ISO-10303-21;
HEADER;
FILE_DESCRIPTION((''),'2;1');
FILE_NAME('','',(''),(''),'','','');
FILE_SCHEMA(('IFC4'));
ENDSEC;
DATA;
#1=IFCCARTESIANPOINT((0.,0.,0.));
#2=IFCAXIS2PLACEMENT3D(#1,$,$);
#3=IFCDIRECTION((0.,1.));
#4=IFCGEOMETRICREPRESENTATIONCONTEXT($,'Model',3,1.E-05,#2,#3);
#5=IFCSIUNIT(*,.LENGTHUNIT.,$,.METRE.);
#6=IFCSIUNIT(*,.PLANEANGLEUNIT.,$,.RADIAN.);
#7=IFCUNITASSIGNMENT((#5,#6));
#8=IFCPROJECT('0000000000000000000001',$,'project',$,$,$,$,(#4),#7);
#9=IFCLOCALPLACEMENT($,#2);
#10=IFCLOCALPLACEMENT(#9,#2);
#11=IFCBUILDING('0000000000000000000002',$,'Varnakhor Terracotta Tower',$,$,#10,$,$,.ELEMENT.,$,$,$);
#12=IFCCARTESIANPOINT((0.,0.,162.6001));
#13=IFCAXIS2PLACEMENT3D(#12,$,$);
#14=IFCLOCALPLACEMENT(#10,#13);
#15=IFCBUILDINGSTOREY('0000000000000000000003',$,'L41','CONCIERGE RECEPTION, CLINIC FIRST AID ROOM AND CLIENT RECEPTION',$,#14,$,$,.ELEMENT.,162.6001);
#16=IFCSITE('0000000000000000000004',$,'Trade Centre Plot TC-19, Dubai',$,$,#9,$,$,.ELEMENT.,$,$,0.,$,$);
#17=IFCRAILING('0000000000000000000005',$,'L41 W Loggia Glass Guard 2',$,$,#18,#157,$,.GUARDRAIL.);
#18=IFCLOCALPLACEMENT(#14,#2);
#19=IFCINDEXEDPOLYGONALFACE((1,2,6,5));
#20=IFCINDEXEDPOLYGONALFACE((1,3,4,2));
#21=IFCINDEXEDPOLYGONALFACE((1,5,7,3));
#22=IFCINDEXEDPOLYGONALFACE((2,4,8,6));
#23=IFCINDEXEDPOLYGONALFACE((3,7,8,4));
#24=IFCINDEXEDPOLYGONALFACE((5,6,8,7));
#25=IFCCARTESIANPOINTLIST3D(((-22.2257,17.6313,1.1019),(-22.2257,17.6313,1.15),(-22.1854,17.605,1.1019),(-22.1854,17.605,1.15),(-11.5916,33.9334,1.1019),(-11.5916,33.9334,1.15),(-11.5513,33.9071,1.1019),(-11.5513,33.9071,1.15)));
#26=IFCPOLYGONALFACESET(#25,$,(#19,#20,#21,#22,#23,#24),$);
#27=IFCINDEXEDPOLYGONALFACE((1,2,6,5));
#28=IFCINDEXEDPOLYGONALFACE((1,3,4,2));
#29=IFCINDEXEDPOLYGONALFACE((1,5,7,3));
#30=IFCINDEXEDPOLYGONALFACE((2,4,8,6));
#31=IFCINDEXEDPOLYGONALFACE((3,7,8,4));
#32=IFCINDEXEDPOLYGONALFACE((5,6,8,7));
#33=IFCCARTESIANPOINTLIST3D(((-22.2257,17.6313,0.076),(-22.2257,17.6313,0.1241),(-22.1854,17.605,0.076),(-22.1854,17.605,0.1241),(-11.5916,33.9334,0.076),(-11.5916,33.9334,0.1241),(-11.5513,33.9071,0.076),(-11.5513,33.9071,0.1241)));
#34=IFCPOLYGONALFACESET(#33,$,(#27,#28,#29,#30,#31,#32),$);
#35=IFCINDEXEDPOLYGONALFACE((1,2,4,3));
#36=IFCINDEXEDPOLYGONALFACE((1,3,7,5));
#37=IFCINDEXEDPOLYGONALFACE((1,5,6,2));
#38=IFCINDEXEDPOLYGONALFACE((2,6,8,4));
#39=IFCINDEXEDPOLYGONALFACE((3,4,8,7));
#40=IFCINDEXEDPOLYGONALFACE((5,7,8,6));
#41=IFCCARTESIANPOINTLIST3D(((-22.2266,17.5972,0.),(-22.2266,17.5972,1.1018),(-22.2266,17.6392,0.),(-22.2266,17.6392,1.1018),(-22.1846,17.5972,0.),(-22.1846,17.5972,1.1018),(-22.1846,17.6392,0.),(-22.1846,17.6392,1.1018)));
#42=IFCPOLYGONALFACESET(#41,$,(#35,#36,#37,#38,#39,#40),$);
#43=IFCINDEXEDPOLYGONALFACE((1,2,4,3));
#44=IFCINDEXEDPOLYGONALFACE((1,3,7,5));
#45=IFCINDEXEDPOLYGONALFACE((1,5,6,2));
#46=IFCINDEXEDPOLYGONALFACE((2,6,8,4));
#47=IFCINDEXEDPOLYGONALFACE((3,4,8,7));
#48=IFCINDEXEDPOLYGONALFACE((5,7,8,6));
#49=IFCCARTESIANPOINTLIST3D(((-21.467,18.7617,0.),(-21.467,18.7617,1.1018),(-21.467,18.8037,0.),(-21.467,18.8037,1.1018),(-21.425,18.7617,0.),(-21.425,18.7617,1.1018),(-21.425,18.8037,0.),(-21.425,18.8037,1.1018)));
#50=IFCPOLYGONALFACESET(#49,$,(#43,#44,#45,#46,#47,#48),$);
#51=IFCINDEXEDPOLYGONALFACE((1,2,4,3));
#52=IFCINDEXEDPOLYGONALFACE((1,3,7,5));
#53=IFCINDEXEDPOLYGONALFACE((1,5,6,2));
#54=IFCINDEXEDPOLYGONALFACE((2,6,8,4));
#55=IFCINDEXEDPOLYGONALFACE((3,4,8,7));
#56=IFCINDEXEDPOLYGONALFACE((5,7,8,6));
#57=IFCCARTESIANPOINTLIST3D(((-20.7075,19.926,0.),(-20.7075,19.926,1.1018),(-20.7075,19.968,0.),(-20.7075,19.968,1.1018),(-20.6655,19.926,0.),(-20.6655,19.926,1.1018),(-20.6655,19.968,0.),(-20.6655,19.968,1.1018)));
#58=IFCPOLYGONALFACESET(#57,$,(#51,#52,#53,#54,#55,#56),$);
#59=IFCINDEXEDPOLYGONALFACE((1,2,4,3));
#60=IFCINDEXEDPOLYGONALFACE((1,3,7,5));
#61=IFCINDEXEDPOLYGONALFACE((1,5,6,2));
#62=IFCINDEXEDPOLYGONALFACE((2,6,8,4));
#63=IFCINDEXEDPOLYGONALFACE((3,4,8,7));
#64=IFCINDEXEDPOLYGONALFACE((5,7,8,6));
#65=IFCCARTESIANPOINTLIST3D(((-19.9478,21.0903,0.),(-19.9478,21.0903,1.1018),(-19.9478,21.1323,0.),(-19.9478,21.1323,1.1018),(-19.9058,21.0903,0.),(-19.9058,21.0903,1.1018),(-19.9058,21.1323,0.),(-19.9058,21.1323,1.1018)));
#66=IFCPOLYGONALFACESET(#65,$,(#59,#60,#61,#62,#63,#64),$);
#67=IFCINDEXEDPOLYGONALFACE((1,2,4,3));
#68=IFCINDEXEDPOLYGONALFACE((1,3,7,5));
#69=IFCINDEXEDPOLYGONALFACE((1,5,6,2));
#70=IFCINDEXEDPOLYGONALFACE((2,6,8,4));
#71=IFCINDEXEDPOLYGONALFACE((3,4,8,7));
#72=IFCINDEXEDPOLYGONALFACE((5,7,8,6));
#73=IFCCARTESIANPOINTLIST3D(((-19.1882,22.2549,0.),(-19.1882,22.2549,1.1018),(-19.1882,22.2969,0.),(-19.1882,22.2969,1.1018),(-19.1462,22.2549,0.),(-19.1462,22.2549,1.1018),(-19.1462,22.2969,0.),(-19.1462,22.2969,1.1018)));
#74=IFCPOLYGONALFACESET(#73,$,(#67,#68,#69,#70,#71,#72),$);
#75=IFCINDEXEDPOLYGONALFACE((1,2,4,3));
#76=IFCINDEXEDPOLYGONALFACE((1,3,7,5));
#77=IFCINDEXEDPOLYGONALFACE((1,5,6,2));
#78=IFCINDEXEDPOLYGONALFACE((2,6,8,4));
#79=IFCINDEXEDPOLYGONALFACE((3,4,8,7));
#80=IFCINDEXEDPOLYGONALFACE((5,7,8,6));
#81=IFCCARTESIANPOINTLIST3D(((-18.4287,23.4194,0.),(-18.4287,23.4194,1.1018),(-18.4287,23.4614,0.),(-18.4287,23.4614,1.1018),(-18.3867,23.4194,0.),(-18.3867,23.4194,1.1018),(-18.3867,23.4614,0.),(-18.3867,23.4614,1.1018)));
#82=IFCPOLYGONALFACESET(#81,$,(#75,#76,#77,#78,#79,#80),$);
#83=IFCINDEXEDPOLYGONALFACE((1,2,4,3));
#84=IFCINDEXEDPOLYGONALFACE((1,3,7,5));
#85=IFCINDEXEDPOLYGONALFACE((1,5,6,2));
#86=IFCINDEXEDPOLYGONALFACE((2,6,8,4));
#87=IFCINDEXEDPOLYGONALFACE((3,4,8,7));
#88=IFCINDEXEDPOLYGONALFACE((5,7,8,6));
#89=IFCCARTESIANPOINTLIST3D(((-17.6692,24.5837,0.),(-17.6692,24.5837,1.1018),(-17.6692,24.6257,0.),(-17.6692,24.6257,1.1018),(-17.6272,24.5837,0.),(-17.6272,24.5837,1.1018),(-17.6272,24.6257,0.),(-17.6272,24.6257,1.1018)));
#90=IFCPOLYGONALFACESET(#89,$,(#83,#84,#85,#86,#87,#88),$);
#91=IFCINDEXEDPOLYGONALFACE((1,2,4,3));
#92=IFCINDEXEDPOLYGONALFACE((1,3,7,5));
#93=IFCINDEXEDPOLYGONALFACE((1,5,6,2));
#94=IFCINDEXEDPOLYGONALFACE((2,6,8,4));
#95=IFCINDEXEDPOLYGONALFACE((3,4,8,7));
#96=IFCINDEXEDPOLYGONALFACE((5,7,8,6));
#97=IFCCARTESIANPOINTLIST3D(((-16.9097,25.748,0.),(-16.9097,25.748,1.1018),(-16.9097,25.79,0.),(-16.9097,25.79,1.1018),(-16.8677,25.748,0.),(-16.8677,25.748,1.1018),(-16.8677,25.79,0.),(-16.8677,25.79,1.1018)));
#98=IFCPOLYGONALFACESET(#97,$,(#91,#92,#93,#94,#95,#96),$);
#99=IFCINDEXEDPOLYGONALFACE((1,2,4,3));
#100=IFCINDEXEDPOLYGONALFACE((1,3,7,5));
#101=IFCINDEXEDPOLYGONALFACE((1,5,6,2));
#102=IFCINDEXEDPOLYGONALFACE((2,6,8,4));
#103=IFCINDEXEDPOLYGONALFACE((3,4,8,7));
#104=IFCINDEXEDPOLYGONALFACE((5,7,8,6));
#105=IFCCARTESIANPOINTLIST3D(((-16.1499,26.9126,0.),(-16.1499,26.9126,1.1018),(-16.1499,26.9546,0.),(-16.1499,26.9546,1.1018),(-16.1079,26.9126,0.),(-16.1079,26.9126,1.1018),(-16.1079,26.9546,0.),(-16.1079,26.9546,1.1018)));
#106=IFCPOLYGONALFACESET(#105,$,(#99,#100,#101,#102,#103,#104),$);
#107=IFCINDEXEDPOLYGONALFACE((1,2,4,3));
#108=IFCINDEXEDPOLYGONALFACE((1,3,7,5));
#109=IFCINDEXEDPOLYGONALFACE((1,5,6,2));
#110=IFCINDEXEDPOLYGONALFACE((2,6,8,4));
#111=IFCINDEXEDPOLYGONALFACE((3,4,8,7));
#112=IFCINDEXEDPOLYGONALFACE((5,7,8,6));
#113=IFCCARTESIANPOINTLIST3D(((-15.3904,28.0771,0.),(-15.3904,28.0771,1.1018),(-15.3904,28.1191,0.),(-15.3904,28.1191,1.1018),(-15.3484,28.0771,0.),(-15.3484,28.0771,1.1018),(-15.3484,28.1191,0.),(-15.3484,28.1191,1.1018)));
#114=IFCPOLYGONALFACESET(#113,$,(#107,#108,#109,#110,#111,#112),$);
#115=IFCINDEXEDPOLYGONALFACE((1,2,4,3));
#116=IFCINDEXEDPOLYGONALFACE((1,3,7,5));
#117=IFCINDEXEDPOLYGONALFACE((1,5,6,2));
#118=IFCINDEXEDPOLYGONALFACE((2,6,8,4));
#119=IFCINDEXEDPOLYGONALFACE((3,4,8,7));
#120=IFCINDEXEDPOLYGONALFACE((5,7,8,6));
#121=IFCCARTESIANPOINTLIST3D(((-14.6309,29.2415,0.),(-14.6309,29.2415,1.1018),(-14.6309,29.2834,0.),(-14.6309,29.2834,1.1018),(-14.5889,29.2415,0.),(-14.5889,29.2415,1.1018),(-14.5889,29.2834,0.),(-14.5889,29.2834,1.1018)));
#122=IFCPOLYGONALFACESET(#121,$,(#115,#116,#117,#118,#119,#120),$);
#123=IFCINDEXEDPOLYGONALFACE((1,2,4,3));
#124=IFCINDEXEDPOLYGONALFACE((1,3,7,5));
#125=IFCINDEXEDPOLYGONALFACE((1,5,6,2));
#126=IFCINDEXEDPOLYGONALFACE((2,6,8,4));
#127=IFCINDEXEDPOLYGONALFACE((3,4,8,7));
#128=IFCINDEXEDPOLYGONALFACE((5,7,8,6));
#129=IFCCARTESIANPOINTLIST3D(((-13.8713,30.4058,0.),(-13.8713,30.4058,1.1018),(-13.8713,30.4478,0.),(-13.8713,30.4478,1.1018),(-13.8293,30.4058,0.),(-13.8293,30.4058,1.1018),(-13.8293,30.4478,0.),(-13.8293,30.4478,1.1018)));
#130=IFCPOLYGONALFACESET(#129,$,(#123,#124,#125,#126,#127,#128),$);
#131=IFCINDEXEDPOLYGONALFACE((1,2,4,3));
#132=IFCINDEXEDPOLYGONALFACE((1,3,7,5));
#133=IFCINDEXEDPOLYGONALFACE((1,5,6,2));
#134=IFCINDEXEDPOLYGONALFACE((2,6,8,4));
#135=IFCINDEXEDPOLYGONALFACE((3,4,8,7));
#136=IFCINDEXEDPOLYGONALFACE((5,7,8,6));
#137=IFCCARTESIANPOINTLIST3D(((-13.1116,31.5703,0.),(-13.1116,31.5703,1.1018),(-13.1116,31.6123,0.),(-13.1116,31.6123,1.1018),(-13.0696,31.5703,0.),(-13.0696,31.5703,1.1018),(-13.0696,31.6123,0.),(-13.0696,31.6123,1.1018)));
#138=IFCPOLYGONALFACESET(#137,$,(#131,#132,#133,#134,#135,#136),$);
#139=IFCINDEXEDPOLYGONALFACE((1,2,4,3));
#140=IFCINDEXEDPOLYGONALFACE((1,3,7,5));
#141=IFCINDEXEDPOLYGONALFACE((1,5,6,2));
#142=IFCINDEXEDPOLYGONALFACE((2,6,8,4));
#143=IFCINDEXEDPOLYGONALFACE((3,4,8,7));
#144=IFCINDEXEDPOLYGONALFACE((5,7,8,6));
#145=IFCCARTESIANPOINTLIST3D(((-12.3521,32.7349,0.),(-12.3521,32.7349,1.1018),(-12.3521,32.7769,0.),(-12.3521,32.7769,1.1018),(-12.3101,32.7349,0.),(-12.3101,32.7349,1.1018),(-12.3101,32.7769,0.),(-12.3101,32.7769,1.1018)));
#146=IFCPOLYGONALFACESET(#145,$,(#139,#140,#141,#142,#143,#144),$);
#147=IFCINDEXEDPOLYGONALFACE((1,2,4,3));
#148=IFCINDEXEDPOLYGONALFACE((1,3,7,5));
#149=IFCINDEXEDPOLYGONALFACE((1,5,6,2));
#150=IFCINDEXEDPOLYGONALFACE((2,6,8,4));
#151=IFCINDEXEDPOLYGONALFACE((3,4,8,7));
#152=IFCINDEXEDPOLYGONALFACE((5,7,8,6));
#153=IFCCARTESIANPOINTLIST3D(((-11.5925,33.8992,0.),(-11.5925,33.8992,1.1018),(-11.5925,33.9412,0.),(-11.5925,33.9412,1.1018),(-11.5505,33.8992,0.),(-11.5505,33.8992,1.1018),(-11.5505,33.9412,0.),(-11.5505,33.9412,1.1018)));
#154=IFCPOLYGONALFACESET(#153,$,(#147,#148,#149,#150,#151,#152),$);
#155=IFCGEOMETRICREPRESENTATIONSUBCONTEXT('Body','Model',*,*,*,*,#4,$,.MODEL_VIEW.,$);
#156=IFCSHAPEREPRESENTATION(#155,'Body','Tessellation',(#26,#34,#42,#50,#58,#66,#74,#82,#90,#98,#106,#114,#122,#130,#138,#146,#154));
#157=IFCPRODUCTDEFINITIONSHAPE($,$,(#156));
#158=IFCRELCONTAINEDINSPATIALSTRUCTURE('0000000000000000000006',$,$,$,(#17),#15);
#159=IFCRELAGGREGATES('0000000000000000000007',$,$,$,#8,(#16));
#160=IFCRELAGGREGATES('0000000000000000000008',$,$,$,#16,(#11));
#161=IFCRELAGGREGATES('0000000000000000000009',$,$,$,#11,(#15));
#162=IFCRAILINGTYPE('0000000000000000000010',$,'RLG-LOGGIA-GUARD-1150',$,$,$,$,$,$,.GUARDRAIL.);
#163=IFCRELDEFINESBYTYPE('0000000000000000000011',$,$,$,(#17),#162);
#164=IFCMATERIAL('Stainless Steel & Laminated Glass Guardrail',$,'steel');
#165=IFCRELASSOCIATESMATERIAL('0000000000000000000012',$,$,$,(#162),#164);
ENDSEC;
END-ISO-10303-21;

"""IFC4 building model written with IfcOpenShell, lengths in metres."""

from ifc_helpers import new_model, si_unit, direction, frame, origin, origin_2d, place, context, subcontext, project, spatial, rectangle, extrude, material, type_object, element, save


model = new_model("IFC4")

# Units and contexts
model_context = context("Model", 3, precision=1e-05, world=origin(), true_north=direction((0.0, 1.0)))
body_context = subcontext(model_context, "Body", "Model", "MODEL_VIEW")
ifc_project = project(units=[si_unit("LENGTHUNIT", "METRE"), si_unit("PLANEANGLEUNIT", "RADIAN")], contexts=[model_context])

# Site, building, storey
site_placement = place(None, origin())
site = spatial("IfcSite", under=ifc_project, at=site_placement, Name="Trade Centre Plot TC-19, Dubai", CompositionType="ELEMENT", RefElevation=0.0)
building_placement = place(site_placement, origin())
building = spatial("IfcBuilding", under=site, at=building_placement, Name="Varnakhor Terracotta Tower", CompositionType="ELEMENT")
storey_placement = place(building_placement, frame((0.0, 0.0, 162.6001)))
storey = spatial("IfcBuildingStorey", under=building, at=storey_placement, Name="L41", Description="CONCIERGE RECEPTION, CLINIC FIRST AID ROOM AND CLIENT RECEPTION", CompositionType="ELEMENT", Elevation=162.6001)

# Railing
ifc_material_1 = material(Name="Stainless Steel & Laminated Glass Guardrail", Category="steel")
railing_type = type_object("IfcRailingType", Name="RLG-LOGGIA-GUARD-1150", PredefinedType="GUARDRAIL", material=ifc_material_1)
railing_1_placement = place(storey_placement, frame((-22.2056, 17.6182, 0.0)))
element("IfcRailing", 1, at=railing_1_placement, inside=storey, type_object=railing_type, Name="L41 W Loggia Glass Guard 2", PredefinedType="GUARDRAIL", context=body_context, shape_type="SweptSolid", body=[
    extrude(rectangle(XDim=0.0481, YDim=0.0481, at=origin_2d()), frame((0.0, 0.0, 1.126), z_axis=(0.54635, 0.837557, 0.0), x_axis=(-0.837557, 0.54635, 0.0)), (0.0, 0.0, 1.0), 19.4639),
    extrude(rectangle(XDim=0.0481, YDim=0.0481, at=origin_2d()), frame((0.0, 0.0, 0.1001), z_axis=(0.54635, 0.837557, 0.0), x_axis=(-0.837557, 0.54635, 0.0)), (0.0, 0.0, 1.0), 19.4639),
    extrude(rectangle(XDim=0.042, YDim=0.042, at=origin_2d()), origin(), (0.0, 0.0, 1.0), 1.1018),
    extrude(rectangle(XDim=0.042, YDim=0.042, at=origin_2d()), frame((0.7595, 1.1646, 0.0)), (0.0, 0.0, 1.0), 1.1018),
    extrude(rectangle(XDim=0.042, YDim=0.042, at=origin_2d()), frame((1.519, 2.3289, 0.0)), (0.0, 0.0, 1.0), 1.1018),
    extrude(rectangle(XDim=0.042, YDim=0.042, at=origin_2d()), frame((2.2788, 3.4932, 0.0)), (0.0, 0.0, 1.0), 1.1018),
    extrude(rectangle(XDim=0.042, YDim=0.042, at=origin_2d()), frame((3.0383, 4.6577, 0.0)), (0.0, 0.0, 1.0), 1.1018),
    extrude(rectangle(XDim=0.042, YDim=0.042, at=origin_2d()), frame((3.7979, 5.8223, 0.0)), (0.0, 0.0, 1.0), 1.1018),
    extrude(rectangle(XDim=0.042, YDim=0.042, at=origin_2d()), frame((4.5574, 6.9866, 0.0)), (0.0, 0.0, 1.0), 1.1018),
    extrude(rectangle(XDim=0.042, YDim=0.042, at=origin_2d()), frame((5.3169, 8.1509, 0.0)), (0.0, 0.0, 1.0), 1.1018),
    extrude(rectangle(XDim=0.042, YDim=0.042, at=origin_2d()), frame((6.0767, 9.3154, 0.0)), (0.0, 0.0, 1.0), 1.1018),
    extrude(rectangle(XDim=0.042, YDim=0.042, at=origin_2d()), frame((6.8362, 10.48, 0.0)), (0.0, 0.0, 1.0), 1.1018),
    extrude(rectangle(XDim=0.042, YDim=0.042, at=origin_2d()), frame((7.5957, 11.6443, 0.0)), (0.0, 0.0, 1.0), 1.1018),
    extrude(rectangle(XDim=0.042, YDim=0.042, at=origin_2d()), frame((8.3552, 12.8086, 0.0)), (0.0, 0.0, 1.0), 1.1018),
    extrude(rectangle(XDim=0.042, YDim=0.042, at=origin_2d()), frame((9.115, 13.9731, 0.0)), (0.0, 0.0, 1.0), 1.1018),
    extrude(rectangle(XDim=0.042, YDim=0.042, at=origin_2d()), frame((9.8745, 15.1377, 0.0)), (0.0, 0.0, 1.0), 1.1018),
    extrude(rectangle(XDim=0.042, YDim=0.042, at=origin_2d()), frame((10.634, 16.302, 0.0)), (0.0, 0.0, 1.0), 1.1018),
])

save(model, "model.ifc")
